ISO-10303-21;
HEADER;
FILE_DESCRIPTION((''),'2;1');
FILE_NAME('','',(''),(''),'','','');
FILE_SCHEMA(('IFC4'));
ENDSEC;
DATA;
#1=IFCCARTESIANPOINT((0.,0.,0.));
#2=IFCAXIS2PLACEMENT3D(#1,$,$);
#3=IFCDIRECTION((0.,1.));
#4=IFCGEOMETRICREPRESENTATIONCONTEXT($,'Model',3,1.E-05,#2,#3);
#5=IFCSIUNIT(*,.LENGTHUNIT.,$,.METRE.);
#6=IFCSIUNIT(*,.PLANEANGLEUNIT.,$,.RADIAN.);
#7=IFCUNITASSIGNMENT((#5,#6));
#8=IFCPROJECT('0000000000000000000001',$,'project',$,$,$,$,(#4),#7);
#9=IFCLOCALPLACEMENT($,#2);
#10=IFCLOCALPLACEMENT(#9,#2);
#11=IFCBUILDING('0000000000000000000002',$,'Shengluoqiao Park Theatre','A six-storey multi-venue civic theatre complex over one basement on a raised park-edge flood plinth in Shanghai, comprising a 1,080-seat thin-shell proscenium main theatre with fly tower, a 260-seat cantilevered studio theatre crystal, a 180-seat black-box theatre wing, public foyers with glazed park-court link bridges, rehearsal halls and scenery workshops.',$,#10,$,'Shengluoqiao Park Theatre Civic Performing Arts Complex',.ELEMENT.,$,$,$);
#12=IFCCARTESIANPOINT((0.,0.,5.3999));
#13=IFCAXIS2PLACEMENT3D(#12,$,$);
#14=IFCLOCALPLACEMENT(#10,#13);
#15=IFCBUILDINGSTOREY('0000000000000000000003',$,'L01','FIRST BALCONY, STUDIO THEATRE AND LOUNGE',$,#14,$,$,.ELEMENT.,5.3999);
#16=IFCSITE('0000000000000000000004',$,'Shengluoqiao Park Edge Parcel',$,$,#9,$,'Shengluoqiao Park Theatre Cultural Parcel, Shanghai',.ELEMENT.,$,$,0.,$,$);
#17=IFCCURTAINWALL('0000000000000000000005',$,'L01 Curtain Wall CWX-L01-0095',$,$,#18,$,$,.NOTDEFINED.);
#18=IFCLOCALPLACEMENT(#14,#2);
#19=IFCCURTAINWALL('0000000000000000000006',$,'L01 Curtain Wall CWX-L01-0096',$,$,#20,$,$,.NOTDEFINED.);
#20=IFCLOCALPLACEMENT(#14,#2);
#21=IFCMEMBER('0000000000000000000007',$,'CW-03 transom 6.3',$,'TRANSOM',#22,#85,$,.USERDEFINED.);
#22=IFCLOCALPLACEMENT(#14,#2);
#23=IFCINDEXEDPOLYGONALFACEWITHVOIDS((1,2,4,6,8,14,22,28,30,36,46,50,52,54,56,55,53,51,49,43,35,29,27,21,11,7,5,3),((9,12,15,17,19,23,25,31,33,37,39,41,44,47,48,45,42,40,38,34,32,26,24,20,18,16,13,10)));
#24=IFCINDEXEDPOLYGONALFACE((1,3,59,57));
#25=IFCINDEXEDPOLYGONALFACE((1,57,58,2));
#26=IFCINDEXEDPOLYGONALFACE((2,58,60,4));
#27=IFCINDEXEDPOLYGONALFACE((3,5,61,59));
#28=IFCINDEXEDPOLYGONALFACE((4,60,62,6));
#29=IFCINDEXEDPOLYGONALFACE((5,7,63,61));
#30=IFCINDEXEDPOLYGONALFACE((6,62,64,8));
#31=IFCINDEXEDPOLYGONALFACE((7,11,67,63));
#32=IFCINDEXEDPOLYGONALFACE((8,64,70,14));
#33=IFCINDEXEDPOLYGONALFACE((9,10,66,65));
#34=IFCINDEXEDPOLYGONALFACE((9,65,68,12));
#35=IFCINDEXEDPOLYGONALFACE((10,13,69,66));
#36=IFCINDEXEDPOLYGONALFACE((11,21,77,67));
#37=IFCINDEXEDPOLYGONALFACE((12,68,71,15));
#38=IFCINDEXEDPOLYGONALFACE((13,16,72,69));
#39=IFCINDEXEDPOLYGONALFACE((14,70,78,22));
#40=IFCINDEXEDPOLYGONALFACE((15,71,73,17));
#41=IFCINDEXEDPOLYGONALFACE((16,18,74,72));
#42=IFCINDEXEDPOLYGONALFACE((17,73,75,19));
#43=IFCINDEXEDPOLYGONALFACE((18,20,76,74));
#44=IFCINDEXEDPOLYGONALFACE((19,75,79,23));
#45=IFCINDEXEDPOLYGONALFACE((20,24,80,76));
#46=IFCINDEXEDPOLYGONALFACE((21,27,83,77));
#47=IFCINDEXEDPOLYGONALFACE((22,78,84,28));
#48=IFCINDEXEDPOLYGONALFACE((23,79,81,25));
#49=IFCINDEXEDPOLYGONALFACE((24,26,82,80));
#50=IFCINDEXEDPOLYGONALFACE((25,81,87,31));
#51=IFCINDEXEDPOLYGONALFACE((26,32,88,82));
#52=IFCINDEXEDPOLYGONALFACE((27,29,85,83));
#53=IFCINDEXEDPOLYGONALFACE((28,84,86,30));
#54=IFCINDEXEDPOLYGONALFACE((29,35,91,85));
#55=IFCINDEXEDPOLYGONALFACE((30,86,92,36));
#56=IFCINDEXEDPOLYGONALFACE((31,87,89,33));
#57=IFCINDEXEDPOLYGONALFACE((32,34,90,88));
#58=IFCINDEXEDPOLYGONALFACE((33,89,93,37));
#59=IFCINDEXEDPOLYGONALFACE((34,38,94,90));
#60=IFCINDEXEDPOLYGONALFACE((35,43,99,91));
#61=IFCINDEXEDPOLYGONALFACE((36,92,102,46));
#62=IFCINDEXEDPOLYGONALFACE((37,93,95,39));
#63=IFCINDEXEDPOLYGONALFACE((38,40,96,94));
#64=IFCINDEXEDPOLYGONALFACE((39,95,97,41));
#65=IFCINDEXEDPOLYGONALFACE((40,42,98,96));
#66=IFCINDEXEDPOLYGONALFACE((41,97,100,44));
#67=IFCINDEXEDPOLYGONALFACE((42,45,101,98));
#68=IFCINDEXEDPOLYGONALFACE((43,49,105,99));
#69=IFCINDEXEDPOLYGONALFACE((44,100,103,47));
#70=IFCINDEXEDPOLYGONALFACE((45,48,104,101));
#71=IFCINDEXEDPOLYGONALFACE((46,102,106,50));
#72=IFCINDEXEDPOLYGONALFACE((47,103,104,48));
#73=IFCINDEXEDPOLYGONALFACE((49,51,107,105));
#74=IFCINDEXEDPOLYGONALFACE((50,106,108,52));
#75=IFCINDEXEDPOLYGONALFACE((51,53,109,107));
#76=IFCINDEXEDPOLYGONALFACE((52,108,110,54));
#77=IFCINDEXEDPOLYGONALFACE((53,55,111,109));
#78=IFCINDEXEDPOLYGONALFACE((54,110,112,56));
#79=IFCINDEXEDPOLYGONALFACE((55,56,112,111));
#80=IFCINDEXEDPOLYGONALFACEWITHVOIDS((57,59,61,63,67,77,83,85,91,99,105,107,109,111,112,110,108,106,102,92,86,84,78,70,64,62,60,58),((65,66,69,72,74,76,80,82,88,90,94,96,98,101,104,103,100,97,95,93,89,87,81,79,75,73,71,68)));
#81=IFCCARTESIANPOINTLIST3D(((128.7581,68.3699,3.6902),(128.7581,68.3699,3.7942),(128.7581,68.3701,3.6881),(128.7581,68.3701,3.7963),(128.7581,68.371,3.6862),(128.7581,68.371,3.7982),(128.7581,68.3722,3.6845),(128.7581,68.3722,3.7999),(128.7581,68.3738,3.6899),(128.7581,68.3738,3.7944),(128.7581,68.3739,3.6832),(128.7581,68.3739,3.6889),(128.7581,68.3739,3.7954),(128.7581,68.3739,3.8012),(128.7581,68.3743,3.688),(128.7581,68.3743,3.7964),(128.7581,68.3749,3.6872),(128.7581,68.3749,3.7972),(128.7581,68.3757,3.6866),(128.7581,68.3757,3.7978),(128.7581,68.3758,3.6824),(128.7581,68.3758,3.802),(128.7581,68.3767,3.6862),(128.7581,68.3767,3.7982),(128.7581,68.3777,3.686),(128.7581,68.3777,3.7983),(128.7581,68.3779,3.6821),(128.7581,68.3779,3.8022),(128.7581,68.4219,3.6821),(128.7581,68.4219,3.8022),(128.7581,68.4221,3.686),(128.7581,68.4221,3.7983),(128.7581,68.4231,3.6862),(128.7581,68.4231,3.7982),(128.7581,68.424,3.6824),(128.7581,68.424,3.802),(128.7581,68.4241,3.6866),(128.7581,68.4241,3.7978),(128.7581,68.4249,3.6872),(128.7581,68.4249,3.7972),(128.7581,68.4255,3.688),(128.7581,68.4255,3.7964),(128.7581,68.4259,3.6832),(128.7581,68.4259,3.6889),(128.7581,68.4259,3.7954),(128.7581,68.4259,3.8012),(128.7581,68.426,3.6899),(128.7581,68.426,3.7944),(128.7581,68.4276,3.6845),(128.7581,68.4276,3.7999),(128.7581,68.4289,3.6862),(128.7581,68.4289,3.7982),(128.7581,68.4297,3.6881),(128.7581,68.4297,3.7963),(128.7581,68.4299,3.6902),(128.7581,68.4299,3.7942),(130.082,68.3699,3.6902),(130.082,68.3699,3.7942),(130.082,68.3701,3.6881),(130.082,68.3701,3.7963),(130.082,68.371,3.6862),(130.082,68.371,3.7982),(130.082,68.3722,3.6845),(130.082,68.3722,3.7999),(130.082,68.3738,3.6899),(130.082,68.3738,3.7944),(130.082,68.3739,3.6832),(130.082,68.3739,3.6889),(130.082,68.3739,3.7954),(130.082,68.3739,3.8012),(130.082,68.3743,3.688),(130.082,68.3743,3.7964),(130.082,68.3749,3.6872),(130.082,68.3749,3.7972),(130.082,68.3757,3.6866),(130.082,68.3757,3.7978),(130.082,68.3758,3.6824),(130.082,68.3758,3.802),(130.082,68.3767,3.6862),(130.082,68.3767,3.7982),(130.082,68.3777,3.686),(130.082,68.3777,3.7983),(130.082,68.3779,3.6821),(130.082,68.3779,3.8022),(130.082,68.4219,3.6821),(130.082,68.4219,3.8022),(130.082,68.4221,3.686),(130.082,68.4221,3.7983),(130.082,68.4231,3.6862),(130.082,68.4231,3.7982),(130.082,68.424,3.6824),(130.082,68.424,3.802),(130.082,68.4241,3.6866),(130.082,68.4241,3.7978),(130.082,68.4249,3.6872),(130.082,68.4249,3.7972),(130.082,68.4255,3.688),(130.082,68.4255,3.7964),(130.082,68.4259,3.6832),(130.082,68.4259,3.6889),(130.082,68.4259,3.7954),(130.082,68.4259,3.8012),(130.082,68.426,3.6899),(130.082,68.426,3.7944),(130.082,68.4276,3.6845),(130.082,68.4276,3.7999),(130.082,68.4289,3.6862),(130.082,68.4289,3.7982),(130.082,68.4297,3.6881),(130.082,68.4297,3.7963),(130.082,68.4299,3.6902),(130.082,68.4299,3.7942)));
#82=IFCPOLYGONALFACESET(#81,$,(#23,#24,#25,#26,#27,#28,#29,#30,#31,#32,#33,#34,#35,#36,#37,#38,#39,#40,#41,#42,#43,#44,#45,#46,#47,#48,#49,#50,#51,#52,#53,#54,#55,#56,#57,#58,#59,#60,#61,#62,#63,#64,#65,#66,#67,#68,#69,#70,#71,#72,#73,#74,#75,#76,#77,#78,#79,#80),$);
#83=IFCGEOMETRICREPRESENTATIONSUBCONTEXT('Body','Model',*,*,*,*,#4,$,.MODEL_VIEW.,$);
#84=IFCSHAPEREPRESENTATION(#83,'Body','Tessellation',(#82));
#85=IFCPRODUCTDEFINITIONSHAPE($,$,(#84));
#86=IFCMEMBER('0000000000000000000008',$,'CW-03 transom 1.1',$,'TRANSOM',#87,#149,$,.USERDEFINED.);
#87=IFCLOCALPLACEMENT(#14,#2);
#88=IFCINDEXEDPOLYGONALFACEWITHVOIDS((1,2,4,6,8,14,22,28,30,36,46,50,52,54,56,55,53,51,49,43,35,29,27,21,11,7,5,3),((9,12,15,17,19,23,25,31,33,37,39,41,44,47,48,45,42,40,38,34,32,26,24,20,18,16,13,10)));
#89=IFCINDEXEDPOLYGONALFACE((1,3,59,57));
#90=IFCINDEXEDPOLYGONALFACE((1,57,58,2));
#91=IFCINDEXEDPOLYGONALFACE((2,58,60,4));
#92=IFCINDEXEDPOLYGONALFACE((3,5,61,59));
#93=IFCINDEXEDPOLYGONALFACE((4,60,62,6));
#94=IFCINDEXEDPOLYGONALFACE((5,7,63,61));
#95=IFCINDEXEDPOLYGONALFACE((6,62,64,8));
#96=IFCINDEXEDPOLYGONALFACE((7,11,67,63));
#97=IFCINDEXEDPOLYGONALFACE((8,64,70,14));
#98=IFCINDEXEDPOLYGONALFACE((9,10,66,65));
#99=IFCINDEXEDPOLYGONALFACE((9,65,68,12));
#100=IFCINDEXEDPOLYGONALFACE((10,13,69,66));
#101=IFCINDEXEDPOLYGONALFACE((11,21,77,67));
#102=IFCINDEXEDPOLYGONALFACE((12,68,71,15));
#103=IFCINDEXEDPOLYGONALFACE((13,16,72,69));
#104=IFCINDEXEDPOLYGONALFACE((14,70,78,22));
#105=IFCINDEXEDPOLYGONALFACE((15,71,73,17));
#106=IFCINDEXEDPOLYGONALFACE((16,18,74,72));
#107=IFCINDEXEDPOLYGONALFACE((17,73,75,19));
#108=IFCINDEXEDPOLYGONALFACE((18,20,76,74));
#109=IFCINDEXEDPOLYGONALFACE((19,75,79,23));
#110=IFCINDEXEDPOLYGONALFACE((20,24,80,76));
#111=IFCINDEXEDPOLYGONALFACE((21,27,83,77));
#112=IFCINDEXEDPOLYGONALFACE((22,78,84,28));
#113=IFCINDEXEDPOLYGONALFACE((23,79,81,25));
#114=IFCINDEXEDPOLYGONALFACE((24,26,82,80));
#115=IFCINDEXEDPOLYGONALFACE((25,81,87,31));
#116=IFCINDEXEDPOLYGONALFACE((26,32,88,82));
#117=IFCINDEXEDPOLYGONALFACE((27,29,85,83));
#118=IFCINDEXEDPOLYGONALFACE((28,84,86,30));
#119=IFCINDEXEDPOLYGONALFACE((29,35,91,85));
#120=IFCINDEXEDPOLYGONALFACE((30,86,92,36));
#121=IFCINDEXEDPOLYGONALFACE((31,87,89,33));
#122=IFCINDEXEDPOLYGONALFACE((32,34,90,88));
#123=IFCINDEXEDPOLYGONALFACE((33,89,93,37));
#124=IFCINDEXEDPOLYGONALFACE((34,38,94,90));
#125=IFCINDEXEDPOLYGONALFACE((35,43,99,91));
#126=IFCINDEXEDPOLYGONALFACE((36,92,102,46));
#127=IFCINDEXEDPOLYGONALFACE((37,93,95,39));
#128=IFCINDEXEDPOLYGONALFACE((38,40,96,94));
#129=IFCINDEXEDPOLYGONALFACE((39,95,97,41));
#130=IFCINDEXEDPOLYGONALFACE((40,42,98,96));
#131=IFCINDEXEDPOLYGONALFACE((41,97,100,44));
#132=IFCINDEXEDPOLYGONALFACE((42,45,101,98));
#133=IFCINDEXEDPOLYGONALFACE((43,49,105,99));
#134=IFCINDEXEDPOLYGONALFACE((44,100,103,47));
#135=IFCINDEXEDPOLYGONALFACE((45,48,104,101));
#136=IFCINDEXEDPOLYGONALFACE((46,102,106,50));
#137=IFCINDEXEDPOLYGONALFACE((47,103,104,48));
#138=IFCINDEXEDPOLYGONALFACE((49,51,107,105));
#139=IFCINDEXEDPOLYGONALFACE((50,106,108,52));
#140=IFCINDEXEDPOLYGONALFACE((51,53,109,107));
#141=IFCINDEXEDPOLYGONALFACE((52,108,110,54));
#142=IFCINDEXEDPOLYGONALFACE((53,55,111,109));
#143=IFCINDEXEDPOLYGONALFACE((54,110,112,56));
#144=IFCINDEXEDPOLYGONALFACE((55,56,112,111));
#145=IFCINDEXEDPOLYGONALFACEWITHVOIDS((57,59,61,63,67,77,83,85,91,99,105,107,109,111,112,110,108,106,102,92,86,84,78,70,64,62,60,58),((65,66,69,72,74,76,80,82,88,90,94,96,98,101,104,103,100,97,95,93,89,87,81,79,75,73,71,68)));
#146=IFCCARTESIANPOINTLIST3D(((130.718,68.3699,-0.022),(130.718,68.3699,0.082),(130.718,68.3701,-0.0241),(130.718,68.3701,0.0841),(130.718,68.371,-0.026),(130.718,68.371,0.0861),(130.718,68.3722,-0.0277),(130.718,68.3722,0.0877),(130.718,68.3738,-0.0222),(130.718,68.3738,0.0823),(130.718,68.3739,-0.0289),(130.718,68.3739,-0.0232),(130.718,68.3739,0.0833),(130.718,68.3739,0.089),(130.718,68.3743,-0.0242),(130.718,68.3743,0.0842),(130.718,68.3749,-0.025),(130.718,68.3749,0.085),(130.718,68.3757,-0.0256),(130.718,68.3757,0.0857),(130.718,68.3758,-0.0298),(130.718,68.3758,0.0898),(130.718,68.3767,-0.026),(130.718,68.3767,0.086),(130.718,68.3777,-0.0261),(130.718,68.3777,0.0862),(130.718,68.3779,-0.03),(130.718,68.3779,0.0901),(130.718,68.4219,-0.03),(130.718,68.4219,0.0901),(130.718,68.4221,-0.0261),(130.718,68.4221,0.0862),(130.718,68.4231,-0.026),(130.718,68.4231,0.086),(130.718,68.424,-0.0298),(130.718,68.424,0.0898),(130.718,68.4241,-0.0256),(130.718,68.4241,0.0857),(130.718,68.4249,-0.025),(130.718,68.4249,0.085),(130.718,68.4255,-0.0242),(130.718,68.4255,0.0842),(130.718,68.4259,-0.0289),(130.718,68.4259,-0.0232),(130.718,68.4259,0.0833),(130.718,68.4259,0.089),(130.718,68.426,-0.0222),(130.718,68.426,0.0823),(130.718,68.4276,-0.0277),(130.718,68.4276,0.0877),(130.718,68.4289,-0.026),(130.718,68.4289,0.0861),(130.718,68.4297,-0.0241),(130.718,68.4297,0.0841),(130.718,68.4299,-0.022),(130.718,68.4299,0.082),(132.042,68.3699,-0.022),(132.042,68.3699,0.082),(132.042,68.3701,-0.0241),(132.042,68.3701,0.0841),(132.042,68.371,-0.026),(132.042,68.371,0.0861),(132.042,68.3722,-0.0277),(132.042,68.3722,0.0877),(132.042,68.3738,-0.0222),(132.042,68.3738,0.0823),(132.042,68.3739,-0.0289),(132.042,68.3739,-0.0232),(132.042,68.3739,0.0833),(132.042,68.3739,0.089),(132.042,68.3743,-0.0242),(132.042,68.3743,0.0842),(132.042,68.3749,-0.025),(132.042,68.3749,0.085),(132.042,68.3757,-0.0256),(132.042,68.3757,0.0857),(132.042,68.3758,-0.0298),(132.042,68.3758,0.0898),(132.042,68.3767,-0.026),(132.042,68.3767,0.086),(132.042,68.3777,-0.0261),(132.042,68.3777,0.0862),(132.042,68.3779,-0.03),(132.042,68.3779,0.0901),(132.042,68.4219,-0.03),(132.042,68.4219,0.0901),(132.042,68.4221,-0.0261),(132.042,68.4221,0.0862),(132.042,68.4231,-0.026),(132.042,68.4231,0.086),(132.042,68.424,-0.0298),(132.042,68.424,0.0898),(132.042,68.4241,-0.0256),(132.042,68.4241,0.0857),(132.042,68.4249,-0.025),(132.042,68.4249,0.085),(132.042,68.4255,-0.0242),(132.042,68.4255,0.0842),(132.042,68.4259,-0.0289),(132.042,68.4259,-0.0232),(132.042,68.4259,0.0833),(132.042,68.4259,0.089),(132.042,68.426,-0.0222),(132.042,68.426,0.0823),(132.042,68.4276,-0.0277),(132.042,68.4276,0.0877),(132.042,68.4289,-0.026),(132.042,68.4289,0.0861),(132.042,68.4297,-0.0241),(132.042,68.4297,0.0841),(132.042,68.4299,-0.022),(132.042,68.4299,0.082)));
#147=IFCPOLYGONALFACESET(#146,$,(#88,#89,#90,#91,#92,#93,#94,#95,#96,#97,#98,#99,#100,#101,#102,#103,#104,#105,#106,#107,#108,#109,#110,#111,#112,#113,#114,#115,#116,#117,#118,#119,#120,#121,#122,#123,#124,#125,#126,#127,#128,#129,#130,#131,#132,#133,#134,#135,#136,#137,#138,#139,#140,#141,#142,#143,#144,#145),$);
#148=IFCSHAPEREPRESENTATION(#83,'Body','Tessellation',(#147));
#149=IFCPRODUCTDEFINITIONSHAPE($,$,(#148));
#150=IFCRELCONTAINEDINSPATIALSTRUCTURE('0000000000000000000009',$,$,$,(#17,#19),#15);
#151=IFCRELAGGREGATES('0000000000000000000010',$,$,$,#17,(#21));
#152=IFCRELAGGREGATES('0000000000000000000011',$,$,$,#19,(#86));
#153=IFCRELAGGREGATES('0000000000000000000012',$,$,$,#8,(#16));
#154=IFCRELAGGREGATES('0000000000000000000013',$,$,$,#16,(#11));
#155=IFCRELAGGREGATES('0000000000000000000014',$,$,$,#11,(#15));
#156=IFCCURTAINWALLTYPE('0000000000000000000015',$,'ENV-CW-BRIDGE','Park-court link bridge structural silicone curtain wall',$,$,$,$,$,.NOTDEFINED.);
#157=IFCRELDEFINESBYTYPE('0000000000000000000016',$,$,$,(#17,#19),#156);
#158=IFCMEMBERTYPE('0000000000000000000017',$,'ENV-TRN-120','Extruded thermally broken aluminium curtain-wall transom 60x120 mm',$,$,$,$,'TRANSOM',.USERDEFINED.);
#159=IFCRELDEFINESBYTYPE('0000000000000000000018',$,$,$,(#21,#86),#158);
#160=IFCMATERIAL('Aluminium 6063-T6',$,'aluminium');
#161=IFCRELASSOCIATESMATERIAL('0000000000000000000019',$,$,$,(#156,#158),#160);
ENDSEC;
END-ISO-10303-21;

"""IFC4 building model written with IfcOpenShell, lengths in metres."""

from ifc_helpers import new_model, si_unit, direction, frame, origin, origin_2d, place, context, subcontext, project, spatial, hollow_rectangle, extrude, material, material_profile, profile_set, type_object, element, aggregate, save


model = new_model("IFC4")

# Units and contexts
model_context = context("Model", 3, precision=1e-05, world=origin(), true_north=direction((0.0, 1.0)))
body_context = subcontext(model_context, "Body", "Model", "MODEL_VIEW")
ifc_project = project(units=[si_unit("LENGTHUNIT", "METRE"), si_unit("PLANEANGLEUNIT", "RADIAN")], contexts=[model_context])

# Site, building, storey
site_placement = place(None, origin())
site = spatial("IfcSite", under=ifc_project, at=site_placement, Name="Shengluoqiao Park Edge Parcel", LongName="Shengluoqiao Park Theatre Cultural Parcel, Shanghai", CompositionType="ELEMENT", RefElevation=0.0)
building_placement = place(site_placement, origin())
building = spatial("IfcBuilding", under=site, at=building_placement, Name="Shengluoqiao Park Theatre", Description="A six-storey multi-venue civic theatre complex over one basement on a raised park-edge flood plinth in Shanghai, comprising a 1,080-seat thin-shell proscenium main theatre with fly tower, a 260-seat cantilevered studio theatre crystal, a 180-seat black-box theatre wing, public foyers with glazed park-court link bridges, rehearsal halls and scenery workshops.", LongName="Shengluoqiao Park Theatre Civic Performing Arts Complex", CompositionType="ELEMENT")
storey_placement = place(building_placement, frame((0.0, 0.0, 5.3999)))
storey = spatial("IfcBuildingStorey", under=building, at=storey_placement, Name="L01", Description="FIRST BALCONY, STUDIO THEATRE AND LOUNGE", CompositionType="ELEMENT", Elevation=5.3999)

# Curtain walls
ifc_material_1 = material(Name="Aluminium 6063-T6", Category="aluminium")
curtain_wall_type = type_object("IfcCurtainWallType", Name="ENV-CW-BRIDGE", Description="Park-court link bridge structural silicone curtain wall", PredefinedType="NOTDEFINED", material=ifc_material_1)
curtain_wall_1_placement = place(storey_placement, origin())
curtain_wall_1 = element("IfcCurtainWall", 1, at=curtain_wall_1_placement, inside=storey, type_object=curtain_wall_type, Name="L01 Curtain Wall CWX-L01-0095", PredefinedType="NOTDEFINED")
curtain_wall_2_placement = place(storey_placement, origin())
curtain_wall_2 = element("IfcCurtainWall", 2, at=curtain_wall_2_placement, inside=storey, type_object=curtain_wall_type, Name="L01 Curtain Wall CWX-L01-0096", PredefinedType="NOTDEFINED")

# Members
ifc_material_profile_1 = material_profile(ifc_material_1, hollow_rectangle(XDim=0.0601, YDim=0.1201, WallThickness=0.0039, InnerFilletRadius=0.0039, OuterFilletRadius=0.0081, at=origin_2d()), Name="ALU TRANSOM 120x60x4")
ifc_profile_set_1 = profile_set([ifc_material_profile_1], Name="Aluminium 6063-T6")
member_type_1 = type_object("IfcMemberType", Name="ENV-TRN-120", Description="Extruded thermally broken aluminium curtain-wall transom 60x120 mm", ElementType="TRANSOM", PredefinedType="USERDEFINED", material=ifc_profile_set_1)
member_1_placement = place(storey_placement, frame((128.7581, 68.3999, 3.7422), z_axis=(1.0, 0.0, 0.0), x_axis=(0.0, 1.0, 0.0)))
member_1 = element("IfcMember", 3, at=member_1_placement, type_object=member_type_1, Name="CW-03 transom 6.3", ObjectType="TRANSOM", PredefinedType="USERDEFINED", context=body_context, shape_type="SweptSolid", body=[
    extrude(hollow_rectangle(XDim=0.0601, YDim=0.1201, WallThickness=0.0039, InnerFilletRadius=0.0039, OuterFilletRadius=0.0081, at=origin_2d()), origin(), (0.0, 0.0, 1.0), 1.324),
])
member_2_placement = place(storey_placement, frame((130.718, 68.3999, 0.03), z_axis=(1.0, 0.0, 0.0), x_axis=(0.0, 1.0, 0.0)))
member_2 = element("IfcMember", 4, at=member_2_placement, type_object=member_type_1, Name="CW-03 transom 1.1", ObjectType="TRANSOM", PredefinedType="USERDEFINED", context=body_context, shape_type="SweptSolid", body=[
    extrude(hollow_rectangle(XDim=0.0601, YDim=0.1201, WallThickness=0.0039, InnerFilletRadius=0.0039, OuterFilletRadius=0.0081, at=origin_2d()), origin(), (0.0, 0.0, 1.0), 1.324),
])

aggregate(curtain_wall_1, [member_1])
aggregate(curtain_wall_2, [member_2])

save(model, "model.ifc")
